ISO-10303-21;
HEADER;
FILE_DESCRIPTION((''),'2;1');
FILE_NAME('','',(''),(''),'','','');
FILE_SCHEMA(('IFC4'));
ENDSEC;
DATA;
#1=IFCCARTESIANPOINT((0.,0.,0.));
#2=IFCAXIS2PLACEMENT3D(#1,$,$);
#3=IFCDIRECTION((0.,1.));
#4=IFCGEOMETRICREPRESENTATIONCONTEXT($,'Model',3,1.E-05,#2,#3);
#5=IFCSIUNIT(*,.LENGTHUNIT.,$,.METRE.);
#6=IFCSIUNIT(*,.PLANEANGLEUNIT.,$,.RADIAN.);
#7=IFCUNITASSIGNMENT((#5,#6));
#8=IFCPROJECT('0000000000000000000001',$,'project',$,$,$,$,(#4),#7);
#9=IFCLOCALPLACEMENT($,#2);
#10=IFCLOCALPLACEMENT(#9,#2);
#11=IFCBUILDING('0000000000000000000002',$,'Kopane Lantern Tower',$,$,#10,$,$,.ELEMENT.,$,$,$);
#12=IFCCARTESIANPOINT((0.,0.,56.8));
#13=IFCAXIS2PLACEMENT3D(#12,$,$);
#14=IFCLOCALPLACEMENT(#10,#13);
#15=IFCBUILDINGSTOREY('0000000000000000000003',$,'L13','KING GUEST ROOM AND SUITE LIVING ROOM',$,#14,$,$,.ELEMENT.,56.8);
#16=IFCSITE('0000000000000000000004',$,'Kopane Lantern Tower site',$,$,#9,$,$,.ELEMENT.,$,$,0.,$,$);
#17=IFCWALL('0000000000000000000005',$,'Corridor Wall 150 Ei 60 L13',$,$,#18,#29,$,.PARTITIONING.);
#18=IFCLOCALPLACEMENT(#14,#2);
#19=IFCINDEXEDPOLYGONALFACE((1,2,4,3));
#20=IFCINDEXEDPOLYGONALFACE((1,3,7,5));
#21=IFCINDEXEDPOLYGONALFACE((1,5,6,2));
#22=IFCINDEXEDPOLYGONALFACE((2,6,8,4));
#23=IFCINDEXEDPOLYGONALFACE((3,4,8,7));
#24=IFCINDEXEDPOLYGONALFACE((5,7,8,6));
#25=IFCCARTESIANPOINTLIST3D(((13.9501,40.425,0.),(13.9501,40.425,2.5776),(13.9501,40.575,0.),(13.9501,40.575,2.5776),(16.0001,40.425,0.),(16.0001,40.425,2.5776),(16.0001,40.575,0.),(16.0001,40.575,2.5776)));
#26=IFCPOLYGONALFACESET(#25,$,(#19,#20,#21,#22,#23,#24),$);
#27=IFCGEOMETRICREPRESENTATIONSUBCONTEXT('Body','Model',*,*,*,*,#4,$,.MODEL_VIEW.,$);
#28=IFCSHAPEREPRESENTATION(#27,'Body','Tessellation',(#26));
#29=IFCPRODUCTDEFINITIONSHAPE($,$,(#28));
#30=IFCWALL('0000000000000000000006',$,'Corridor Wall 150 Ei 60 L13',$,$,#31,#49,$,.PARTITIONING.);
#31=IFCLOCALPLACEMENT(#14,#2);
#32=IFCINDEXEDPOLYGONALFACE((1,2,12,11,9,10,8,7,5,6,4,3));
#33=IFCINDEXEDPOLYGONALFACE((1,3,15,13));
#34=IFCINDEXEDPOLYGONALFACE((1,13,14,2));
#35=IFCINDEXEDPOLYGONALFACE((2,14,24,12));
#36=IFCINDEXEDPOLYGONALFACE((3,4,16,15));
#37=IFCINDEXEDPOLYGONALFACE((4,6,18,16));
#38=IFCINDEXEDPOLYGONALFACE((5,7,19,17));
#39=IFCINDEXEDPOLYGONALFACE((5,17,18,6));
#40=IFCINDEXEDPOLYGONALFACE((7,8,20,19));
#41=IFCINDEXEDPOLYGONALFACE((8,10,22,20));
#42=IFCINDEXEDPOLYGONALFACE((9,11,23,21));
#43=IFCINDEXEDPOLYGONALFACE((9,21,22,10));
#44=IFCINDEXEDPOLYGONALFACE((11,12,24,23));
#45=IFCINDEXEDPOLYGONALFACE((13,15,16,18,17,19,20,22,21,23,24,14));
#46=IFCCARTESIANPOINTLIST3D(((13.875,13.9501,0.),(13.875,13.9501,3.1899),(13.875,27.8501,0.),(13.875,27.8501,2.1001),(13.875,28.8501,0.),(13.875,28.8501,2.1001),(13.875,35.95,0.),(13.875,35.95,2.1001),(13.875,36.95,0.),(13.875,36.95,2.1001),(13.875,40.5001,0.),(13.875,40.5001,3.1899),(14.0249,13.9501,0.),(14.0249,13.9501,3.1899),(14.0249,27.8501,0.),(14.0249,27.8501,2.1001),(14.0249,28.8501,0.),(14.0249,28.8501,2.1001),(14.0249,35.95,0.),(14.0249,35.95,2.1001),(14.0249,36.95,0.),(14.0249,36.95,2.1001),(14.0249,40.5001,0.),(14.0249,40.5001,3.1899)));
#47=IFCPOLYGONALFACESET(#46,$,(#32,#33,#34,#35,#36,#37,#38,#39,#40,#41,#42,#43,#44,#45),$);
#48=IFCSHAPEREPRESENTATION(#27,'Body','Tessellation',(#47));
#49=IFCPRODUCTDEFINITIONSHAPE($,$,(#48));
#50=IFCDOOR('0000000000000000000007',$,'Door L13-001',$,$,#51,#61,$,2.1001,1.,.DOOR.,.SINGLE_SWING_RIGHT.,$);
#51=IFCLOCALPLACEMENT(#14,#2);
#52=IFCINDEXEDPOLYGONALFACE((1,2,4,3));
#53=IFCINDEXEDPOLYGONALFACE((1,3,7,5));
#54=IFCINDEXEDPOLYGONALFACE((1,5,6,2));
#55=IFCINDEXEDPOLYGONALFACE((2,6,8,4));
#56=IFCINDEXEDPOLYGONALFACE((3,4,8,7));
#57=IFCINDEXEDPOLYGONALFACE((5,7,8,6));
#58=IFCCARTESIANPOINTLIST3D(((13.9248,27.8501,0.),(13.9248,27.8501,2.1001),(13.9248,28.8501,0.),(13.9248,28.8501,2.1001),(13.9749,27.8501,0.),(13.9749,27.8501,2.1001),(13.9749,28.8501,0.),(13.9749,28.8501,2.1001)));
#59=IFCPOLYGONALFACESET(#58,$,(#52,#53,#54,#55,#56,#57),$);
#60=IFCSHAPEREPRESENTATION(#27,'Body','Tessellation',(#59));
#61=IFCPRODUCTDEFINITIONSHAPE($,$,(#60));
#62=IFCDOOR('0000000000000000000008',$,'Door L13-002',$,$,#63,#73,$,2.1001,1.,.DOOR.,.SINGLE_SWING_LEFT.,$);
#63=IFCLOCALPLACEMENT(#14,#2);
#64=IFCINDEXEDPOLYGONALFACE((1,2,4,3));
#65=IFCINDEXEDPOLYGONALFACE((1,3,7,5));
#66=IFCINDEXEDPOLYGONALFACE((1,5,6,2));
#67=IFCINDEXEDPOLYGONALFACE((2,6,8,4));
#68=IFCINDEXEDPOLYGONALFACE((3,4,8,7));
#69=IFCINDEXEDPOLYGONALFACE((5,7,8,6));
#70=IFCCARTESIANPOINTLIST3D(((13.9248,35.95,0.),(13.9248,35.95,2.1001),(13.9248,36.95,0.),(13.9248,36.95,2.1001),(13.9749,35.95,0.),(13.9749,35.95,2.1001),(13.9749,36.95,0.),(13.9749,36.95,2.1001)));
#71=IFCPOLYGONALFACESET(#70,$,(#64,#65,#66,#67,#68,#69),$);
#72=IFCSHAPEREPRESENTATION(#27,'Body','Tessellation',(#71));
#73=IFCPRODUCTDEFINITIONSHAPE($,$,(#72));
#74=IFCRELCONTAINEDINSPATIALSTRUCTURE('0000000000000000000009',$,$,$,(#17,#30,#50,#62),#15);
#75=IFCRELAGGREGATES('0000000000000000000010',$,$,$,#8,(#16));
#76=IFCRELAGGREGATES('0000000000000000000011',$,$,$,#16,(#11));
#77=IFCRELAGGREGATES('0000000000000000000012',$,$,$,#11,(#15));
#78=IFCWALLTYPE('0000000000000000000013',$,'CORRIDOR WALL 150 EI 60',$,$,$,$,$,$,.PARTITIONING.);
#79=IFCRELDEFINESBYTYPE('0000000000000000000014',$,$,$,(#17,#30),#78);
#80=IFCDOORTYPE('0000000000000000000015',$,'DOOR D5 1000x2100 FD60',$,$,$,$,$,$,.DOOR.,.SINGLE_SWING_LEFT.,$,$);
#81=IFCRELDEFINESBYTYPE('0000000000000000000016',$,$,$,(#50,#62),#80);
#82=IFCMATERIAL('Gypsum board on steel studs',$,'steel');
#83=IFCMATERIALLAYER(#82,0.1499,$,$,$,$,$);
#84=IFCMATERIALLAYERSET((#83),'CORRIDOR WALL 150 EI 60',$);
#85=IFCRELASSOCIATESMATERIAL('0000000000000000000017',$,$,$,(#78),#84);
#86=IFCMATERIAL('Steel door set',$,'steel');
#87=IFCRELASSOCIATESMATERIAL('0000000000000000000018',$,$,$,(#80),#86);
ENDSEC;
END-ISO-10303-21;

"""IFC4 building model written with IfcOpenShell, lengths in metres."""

from ifc_helpers import new_model, si_unit, direction, frame, frame_2d, origin, place, context, subcontext, project, spatial, rectangle, extrude, material, layer, layer_set, type_object, element, fill, save


model = new_model("IFC4")

# Units and contexts
model_context = context("Model", 3, precision=1e-05, world=origin(), true_north=direction((0.0, 1.0)))
body_context = subcontext(model_context, "Body", "Model", "MODEL_VIEW")
ifc_project = project(units=[si_unit("LENGTHUNIT", "METRE"), si_unit("PLANEANGLEUNIT", "RADIAN")], contexts=[model_context])

# Site, building, storey
site_placement = place(None, origin())
site = spatial("IfcSite", under=ifc_project, at=site_placement, Name="Kopane Lantern Tower site", CompositionType="ELEMENT", RefElevation=0.0)
building_placement = place(site_placement, origin())
building = spatial("IfcBuilding", under=site, at=building_placement, Name="Kopane Lantern Tower", CompositionType="ELEMENT")
storey_placement = place(building_placement, frame((0.0, 0.0, 56.8)))
storey = spatial("IfcBuildingStorey", under=building, at=storey_placement, Name="L13", Description="KING GUEST ROOM AND SUITE LIVING ROOM", CompositionType="ELEMENT", Elevation=56.8)

# Shared definitions
ifc_material_1 = material(Name="Gypsum board on steel studs", Category="steel")
ifc_layer_1 = layer(ifc_material_1, 0.1499)
ifc_layer_set_1 = layer_set([ifc_layer_1], Name="CORRIDOR WALL 150 EI 60")
wall_type_1 = type_object("IfcWallType", Name="CORRIDOR WALL 150 EI 60", PredefinedType="PARTITIONING", material=ifc_layer_set_1)

# Wall
wall_1_placement = place(storey_placement, frame((16.0, 40.5, 0.0), z_axis=(0.0, 0.0, 1.0), x_axis=(-1.0, 0.0, 0.0)))
element("IfcWall", 1, at=wall_1_placement, inside=storey, type_object=wall_type_1, Name="Corridor Wall 150 Ei 60 L13", PredefinedType="PARTITIONING", context=body_context, shape_type="SweptSolid", body=[
    extrude(rectangle(XDim=2.05, YDim=0.1499, at=frame_2d((1.0249, 0.0))), origin(), (0.0, 0.0, 1.0), 2.5776),
])

# Wall, openings, doors
wall_2_placement = place(storey_placement, frame((13.95, 40.5, 0.0), z_axis=(0.0, 0.0, 1.0), x_axis=(0.0, -1.0, 0.0)))
wall_2 = element("IfcWall", 2, at=wall_2_placement, inside=storey, type_object=wall_type_1, Name="Corridor Wall 150 Ei 60 L13", PredefinedType="PARTITIONING", context=body_context, shape_type="SweptSolid", body=[
    extrude(rectangle(XDim=26.55, YDim=0.1499, at=frame_2d((13.2749, 0.0))), origin(), (0.0, 0.0, 1.0), 3.1899),
])
opening_1_placement = place(wall_2_placement, frame((11.6499, 0.0, 0.0)))
opening_1 = element("IfcOpeningElement", 3, at=opening_1_placement, cuts=wall_2, PredefinedType="OPENING", context=body_context, shape_type="SweptSolid", body=[
    extrude(rectangle(XDim=1.0, YDim=2.1001, at=frame_2d((0.5, 1.05))), frame((0.0, 0.085, 0.0), z_axis=(0.0, -1.0, 0.0), x_axis=(1.0, 0.0, 0.0)), (0.0, 0.0, 1.0), 0.1699),
])
opening_2_placement = place(wall_2_placement, frame((3.55, 0.0, 0.0)))
opening_2 = element("IfcOpeningElement", 4, at=opening_2_placement, cuts=wall_2, PredefinedType="OPENING", context=body_context, shape_type="SweptSolid", body=[
    extrude(rectangle(XDim=1.0, YDim=2.1001, at=frame_2d((0.5, 1.05))), frame((0.0, 0.085, 0.0), z_axis=(0.0, -1.0, 0.0), x_axis=(1.0, 0.0, 0.0)), (0.0, 0.0, 1.0), 0.1699),
])
ifc_material_2 = material(Name="Steel door set", Category="steel")
door_type_1 = type_object("IfcDoorType", Name="DOOR D5 1000x2100 FD60", OperationType="SINGLE_SWING_LEFT", PredefinedType="DOOR", material=ifc_material_2)
door_1_placement = place(opening_1_placement, origin())
door_1 = element("IfcDoor", 5, at=door_1_placement, inside=storey, type_object=door_type_1, Name="Door L13-001", OperationType="SINGLE_SWING_RIGHT", OverallHeight=2.1001, OverallWidth=1.0, PredefinedType="DOOR", context=body_context, shape_type="SweptSolid", body=[
    extrude(rectangle(XDim=1.0, YDim=2.1001, at=frame_2d((0.5, 1.05))), frame((0.0, 0.0249, 0.0), z_axis=(0.0, -1.0, 0.0), x_axis=(1.0, 0.0, 0.0)), (0.0, 0.0, 1.0), 0.05),
])
fill(opening_1, door_1)
door_2_placement = place(opening_2_placement, origin())
door_2 = element("IfcDoor", 6, at=door_2_placement, inside=storey, type_object=door_type_1, Name="Door L13-002", OperationType="SINGLE_SWING_LEFT", OverallHeight=2.1001, OverallWidth=1.0, PredefinedType="DOOR", context=body_context, shape_type="SweptSolid", body=[
    extrude(rectangle(XDim=1.0, YDim=2.1001, at=frame_2d((0.5, 1.05))), frame((0.0, 0.0249, 0.0), z_axis=(0.0, -1.0, 0.0), x_axis=(1.0, 0.0, 0.0)), (0.0, 0.0, 1.0), 0.05),
])
fill(opening_2, door_2)

save(model, "model.ifc")
